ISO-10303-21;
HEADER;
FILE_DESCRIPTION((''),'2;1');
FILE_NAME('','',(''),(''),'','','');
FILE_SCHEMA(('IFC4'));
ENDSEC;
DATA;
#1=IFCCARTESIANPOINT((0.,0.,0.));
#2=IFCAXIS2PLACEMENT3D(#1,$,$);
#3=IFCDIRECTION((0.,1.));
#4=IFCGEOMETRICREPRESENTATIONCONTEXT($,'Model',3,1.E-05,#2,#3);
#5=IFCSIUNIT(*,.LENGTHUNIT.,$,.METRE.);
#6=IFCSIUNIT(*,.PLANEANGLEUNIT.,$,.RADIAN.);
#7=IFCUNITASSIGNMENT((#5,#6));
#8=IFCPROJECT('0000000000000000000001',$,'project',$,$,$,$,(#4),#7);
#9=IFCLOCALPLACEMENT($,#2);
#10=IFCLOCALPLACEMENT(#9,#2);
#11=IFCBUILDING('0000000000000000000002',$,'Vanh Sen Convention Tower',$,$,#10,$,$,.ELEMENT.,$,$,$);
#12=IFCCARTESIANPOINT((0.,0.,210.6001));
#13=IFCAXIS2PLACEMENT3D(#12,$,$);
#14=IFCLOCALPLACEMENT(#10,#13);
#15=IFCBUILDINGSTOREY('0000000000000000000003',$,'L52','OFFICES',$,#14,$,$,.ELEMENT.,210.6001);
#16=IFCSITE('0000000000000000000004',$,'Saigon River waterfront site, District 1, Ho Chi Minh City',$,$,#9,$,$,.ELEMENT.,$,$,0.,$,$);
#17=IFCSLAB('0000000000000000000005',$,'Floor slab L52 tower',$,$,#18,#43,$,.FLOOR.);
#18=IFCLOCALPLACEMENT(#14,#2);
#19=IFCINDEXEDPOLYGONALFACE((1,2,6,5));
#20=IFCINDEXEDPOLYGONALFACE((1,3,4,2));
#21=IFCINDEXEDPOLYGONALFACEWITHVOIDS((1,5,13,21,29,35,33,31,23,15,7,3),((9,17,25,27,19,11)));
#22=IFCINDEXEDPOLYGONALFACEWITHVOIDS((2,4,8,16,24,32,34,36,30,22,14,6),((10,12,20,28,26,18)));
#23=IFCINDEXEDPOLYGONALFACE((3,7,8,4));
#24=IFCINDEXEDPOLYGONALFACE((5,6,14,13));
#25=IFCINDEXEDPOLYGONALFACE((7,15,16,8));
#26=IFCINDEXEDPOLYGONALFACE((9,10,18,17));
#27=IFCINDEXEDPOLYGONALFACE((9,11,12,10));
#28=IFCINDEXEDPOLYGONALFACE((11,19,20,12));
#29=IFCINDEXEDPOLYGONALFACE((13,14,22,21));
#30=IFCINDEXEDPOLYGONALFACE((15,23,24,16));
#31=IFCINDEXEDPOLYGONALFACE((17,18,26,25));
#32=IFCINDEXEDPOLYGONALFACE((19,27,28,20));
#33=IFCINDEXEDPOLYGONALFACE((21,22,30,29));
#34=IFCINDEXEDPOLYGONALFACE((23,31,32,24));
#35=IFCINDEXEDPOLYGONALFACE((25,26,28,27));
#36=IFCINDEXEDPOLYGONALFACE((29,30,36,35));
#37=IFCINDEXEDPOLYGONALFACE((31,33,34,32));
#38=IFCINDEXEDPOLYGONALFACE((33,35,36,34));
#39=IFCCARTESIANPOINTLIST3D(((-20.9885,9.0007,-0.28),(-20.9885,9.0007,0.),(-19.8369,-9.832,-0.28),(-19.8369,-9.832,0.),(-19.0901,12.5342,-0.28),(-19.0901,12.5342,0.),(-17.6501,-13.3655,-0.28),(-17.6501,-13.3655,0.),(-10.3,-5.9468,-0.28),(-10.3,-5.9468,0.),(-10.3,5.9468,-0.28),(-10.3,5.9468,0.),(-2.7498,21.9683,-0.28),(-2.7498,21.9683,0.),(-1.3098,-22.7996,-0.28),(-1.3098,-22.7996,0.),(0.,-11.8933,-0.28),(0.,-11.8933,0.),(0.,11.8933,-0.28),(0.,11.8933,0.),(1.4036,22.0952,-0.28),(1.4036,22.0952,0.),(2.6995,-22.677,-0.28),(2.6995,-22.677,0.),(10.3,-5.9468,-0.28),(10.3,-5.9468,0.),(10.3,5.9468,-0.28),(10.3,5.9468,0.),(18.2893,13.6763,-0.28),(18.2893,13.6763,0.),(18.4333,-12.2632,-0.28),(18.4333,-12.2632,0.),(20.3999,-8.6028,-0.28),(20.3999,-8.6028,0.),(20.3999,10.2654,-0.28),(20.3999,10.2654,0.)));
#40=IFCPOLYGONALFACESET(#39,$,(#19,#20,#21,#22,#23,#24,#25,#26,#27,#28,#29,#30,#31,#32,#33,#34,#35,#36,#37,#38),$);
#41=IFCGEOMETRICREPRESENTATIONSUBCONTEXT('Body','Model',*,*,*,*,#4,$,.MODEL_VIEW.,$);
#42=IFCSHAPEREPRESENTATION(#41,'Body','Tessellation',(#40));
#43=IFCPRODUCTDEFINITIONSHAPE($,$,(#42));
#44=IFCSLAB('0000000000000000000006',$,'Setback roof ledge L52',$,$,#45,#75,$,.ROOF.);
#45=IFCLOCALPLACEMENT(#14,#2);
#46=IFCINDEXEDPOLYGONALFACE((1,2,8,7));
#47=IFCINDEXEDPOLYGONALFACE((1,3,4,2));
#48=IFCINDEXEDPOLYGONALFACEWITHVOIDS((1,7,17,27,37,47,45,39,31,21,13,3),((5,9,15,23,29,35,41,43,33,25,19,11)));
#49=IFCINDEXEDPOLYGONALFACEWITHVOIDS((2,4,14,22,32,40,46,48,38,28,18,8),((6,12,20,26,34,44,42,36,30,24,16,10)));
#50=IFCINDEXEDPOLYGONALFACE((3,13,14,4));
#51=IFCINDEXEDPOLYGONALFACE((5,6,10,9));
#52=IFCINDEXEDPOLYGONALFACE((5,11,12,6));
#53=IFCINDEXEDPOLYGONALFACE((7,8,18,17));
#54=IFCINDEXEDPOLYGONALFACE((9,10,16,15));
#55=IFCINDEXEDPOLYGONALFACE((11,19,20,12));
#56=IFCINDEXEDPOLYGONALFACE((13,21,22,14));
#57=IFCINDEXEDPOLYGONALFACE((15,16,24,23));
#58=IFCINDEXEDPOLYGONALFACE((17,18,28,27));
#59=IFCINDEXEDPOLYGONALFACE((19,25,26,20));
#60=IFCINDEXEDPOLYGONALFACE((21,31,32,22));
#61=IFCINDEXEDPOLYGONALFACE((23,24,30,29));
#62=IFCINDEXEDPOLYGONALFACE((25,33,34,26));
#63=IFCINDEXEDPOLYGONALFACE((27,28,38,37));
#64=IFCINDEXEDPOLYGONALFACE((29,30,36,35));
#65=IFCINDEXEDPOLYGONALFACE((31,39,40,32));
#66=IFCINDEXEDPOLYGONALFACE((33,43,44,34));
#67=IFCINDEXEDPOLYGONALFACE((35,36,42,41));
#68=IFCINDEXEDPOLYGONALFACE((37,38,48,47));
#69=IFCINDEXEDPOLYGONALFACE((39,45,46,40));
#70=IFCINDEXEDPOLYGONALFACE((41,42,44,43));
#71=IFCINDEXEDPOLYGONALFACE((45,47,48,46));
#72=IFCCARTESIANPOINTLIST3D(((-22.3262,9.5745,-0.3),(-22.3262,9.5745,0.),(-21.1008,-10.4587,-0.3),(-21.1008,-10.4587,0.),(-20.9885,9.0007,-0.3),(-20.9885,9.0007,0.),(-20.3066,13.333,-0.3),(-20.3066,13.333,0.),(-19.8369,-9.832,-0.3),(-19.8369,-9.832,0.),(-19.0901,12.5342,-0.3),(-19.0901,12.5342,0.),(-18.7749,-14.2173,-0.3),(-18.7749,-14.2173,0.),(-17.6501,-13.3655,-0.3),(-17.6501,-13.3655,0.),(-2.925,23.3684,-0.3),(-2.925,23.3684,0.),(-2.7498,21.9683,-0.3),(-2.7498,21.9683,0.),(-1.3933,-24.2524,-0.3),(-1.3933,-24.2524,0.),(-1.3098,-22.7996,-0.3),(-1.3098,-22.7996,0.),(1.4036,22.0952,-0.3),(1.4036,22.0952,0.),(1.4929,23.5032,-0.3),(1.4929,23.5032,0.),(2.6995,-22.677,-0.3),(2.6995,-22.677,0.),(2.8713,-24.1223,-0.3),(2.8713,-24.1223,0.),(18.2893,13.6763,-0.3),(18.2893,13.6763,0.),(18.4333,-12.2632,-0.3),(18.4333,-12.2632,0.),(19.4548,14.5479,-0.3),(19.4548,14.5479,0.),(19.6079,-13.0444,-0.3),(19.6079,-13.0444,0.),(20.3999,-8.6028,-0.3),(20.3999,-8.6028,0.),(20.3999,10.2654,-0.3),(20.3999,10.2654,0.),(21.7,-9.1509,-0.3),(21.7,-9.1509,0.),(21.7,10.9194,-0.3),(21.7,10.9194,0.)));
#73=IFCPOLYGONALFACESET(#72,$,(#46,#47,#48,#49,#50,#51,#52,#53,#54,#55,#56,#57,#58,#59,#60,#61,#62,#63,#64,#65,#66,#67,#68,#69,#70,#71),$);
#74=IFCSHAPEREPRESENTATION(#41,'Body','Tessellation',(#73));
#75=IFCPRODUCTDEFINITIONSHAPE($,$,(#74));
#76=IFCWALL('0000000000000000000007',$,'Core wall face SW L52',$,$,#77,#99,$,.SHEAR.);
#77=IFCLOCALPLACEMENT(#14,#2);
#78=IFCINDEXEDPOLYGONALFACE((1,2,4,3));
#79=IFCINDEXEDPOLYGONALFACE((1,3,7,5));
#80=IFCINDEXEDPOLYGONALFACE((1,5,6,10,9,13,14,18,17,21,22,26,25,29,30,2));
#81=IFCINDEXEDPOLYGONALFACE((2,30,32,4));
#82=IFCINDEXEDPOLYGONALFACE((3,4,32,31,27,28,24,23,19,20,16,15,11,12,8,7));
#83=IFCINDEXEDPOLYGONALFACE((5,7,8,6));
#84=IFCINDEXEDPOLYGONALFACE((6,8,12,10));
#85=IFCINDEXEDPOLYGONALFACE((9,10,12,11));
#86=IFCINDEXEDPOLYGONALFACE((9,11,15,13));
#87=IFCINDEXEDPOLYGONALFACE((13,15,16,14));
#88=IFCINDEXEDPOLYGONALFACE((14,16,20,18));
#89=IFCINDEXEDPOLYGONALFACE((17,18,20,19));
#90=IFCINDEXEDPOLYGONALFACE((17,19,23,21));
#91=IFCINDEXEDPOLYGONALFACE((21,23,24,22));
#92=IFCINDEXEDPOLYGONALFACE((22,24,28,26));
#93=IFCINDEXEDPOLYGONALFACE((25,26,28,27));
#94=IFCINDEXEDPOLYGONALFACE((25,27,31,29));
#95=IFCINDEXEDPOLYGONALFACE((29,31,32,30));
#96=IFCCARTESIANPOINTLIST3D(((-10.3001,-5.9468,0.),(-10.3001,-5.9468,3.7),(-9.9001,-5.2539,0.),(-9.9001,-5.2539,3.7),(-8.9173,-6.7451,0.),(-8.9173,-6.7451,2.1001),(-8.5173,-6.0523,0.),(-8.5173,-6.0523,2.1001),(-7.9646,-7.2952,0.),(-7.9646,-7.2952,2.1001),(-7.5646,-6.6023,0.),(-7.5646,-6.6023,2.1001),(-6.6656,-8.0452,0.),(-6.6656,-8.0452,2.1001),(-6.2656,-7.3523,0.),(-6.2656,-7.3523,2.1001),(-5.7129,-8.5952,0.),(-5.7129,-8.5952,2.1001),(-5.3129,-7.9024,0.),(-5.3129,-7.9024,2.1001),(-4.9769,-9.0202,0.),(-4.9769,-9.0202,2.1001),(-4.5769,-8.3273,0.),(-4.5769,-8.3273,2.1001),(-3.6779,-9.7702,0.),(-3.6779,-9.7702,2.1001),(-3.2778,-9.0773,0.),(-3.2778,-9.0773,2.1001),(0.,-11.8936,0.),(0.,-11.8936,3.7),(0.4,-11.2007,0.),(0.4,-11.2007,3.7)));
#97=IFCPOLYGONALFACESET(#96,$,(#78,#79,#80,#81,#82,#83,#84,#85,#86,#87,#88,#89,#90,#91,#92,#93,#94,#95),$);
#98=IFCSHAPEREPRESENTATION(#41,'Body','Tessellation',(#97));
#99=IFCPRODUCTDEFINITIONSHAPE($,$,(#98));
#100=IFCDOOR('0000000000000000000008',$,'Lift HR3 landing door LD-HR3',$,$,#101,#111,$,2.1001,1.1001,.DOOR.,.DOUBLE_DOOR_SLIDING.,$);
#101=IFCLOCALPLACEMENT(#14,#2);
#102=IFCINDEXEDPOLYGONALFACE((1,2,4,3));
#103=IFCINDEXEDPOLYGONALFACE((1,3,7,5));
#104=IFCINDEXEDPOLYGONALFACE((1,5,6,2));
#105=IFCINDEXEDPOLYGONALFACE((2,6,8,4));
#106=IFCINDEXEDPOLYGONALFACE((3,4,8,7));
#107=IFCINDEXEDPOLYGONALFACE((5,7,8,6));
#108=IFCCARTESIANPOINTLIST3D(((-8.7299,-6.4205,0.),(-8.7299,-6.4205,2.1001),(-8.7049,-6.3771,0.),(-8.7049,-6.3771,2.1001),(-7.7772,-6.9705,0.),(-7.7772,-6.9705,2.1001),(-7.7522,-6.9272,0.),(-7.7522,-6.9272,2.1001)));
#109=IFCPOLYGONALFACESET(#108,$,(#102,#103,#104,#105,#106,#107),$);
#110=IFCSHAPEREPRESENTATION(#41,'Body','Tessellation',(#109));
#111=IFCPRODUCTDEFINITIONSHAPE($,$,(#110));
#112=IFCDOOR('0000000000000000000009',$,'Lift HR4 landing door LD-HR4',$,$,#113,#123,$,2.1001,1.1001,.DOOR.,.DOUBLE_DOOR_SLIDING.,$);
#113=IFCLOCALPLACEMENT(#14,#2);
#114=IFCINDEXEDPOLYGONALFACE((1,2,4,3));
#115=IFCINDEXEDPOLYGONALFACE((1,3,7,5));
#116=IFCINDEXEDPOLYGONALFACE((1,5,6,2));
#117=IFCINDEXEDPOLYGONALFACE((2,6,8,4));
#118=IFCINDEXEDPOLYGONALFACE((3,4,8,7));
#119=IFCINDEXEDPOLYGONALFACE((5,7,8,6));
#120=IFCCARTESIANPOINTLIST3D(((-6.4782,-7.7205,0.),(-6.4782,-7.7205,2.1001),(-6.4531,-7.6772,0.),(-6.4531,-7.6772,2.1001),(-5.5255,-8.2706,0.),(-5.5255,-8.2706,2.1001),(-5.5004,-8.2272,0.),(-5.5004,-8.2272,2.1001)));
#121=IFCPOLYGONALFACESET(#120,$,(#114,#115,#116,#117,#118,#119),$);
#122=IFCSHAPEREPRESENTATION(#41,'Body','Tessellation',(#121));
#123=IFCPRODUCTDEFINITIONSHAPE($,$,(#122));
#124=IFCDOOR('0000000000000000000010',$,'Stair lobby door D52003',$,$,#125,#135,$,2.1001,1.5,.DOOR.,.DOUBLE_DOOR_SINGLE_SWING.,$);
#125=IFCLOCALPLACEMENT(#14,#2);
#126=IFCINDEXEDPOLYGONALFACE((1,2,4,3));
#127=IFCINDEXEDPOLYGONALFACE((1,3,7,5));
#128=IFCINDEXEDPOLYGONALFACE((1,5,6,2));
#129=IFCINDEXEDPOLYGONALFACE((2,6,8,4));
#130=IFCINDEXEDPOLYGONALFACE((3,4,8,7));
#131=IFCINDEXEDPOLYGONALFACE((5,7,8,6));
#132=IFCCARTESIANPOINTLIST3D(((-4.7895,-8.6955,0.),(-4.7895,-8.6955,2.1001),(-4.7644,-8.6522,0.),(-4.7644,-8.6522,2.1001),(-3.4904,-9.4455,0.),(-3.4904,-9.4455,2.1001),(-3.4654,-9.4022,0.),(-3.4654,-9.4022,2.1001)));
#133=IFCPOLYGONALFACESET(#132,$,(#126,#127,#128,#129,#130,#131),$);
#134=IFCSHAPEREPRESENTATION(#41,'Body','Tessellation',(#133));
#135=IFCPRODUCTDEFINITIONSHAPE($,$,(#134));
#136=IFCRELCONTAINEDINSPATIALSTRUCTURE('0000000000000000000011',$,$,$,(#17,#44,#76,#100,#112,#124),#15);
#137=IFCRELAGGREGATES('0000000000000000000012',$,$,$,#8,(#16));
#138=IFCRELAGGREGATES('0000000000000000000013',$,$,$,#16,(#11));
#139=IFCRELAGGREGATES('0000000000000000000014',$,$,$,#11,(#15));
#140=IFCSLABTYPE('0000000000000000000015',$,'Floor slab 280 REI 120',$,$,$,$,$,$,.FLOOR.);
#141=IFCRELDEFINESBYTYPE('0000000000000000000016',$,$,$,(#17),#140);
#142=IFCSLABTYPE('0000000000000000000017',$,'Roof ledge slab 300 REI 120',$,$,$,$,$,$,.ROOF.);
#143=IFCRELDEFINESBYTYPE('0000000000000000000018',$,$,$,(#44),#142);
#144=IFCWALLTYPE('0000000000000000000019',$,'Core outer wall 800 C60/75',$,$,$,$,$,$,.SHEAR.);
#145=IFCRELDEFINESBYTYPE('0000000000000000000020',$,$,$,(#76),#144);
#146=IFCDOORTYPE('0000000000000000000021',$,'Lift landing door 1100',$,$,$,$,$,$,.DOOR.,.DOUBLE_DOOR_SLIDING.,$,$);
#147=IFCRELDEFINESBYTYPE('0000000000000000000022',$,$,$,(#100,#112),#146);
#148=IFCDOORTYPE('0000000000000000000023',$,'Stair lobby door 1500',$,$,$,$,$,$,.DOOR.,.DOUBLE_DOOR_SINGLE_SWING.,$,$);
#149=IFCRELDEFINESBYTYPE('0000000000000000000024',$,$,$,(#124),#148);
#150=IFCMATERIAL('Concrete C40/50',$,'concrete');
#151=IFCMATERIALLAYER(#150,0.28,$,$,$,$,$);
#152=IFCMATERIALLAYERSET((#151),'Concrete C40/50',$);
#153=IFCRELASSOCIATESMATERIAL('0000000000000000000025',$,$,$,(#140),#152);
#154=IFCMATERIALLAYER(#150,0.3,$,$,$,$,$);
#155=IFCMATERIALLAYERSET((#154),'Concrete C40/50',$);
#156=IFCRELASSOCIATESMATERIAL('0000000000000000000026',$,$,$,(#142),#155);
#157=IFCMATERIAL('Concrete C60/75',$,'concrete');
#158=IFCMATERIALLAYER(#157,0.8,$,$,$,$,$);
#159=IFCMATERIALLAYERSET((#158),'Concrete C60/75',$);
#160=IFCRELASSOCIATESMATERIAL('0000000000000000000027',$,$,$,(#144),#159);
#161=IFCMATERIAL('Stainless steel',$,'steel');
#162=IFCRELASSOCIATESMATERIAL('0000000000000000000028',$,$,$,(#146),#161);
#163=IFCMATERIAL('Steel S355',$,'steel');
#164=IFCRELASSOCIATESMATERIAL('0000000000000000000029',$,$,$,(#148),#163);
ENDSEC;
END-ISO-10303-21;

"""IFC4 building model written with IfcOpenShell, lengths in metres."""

from ifc_helpers import new_model, si_unit, direction, frame, frame_2d, origin, place, context, subcontext, project, spatial, polyline, rectangle, outline, extrude, material, layer, layer_set, type_object, element, fill, save


model = new_model("IFC4")

# Units and contexts
model_context = context("Model", 3, precision=1e-05, world=origin(), true_north=direction((0.0, 1.0)))
body_context = subcontext(model_context, "Body", "Model", "MODEL_VIEW")
ifc_project = project(units=[si_unit("LENGTHUNIT", "METRE"), si_unit("PLANEANGLEUNIT", "RADIAN")], contexts=[model_context])

# Site, building, storey
site_placement = place(None, origin())
site = spatial("IfcSite", under=ifc_project, at=site_placement, Name="Saigon River waterfront site, District 1, Ho Chi Minh City", CompositionType="ELEMENT", RefElevation=0.0)
building_placement = place(site_placement, origin())
building = spatial("IfcBuilding", under=site, at=building_placement, Name="Vanh Sen Convention Tower", CompositionType="ELEMENT")
storey_placement = place(building_placement, frame((0.0, 0.0, 210.6001)))
storey = spatial("IfcBuildingStorey", under=building, at=storey_placement, Name="L52", Description="OFFICES", CompositionType="ELEMENT", Elevation=210.6001)

# Slabs
ifc_material_1 = material(Name="Concrete C40/50", Category="concrete")
ifc_layer_1 = layer(ifc_material_1, 0.28)
ifc_layer_set_1 = layer_set([ifc_layer_1], Name="Concrete C40/50")
slab_type_1 = type_object("IfcSlabType", Name="Floor slab 280 REI 120", PredefinedType="FLOOR", material=ifc_layer_set_1)
slab_1_placement = place(storey_placement, frame((0.0, 0.0, -0.28)))
element("IfcSlab", 1, at=slab_1_placement, inside=storey, type_object=slab_type_1, Name="Floor slab L52 tower", PredefinedType="FLOOR", context=body_context, shape_type="SweptSolid", body=[
    extrude(outline(polyline([(20.3999, -8.6028), (20.3999, 10.2654), (18.2893, 13.6763), (1.4036, 22.0952), (-2.7498, 21.9683), (-19.0901, 12.5342), (-20.9885, 9.0007), (-19.8369, -9.832), (-17.6501, -13.3655), (-1.3098, -22.7996), (2.6995, -22.677), (18.4333, -12.2632), (20.3999, -8.6028)]), holes=[polyline([(0.0, 11.8933), (-10.3, 5.9468), (-10.3, -5.9468), (0.0, -11.8933), (10.3, -5.9468), (10.3, 5.9468), (0.0, 11.8933)])]), origin(), (0.0, 0.0, 1.0), 0.28),
])
ifc_layer_2 = layer(ifc_material_1, 0.3)
ifc_layer_set_2 = layer_set([ifc_layer_2], Name="Concrete C40/50")
slab_type_2 = type_object("IfcSlabType", Name="Roof ledge slab 300 REI 120", PredefinedType="ROOF", material=ifc_layer_set_2)
slab_2_placement = place(storey_placement, frame((0.0, 0.0, -0.3)))
element("IfcSlab", 2, at=slab_2_placement, inside=storey, type_object=slab_type_2, Name="Setback roof ledge L52", PredefinedType="ROOF", context=body_context, shape_type="SweptSolid", body=[
    extrude(outline(polyline([(21.7, -9.1509), (21.7, 10.9194), (19.4548, 14.5479), (1.4929, 23.5032), (-2.925, 23.3684), (-20.3066, 13.333), (-22.3262, 9.5745), (-21.1008, -10.4587), (-18.7749, -14.2173), (-1.3933, -24.2524), (2.8713, -24.1223), (19.6079, -13.0444), (21.7, -9.1509)]), holes=[polyline([(20.3999, 10.2654), (18.2893, 13.6763), (1.4036, 22.0952), (-2.7498, 21.9683), (-19.0901, 12.5342), (-20.9885, 9.0007), (-19.8369, -9.832), (-17.6501, -13.3655), (-1.3098, -22.7996), (2.6995, -22.677), (18.4333, -12.2632), (20.3999, -8.6028), (20.3999, 10.2654)])]), origin(), (0.0, 0.0, 1.0), 0.3),
])

# Wall, openings, doors
ifc_material_2 = material(Name="Concrete C60/75", Category="concrete")
ifc_layer_3 = layer(ifc_material_2, 0.8)
ifc_layer_set_3 = layer_set([ifc_layer_3], Name="Concrete C60/75")
wall_type_1 = type_object("IfcWallType", Name="Core outer wall 800 C60/75", PredefinedType="SHEAR", material=ifc_layer_set_3)
wall_1_placement = place(storey_placement, frame((-10.1001, -5.6003, 0.0), z_axis=(0.0, 0.0, 1.0), x_axis=(0.866024, -0.500003, 0.0)))
wall_1 = element("IfcWall", 3, at=wall_1_placement, inside=storey, type_object=wall_type_1, Name="Core wall face SW L52", PredefinedType="SHEAR", context=body_context, shape_type="SweptSolid", body=[
    extrude(rectangle(XDim=11.8936, YDim=0.8, at=frame_2d((5.9468, 0.0))), origin(), (0.0, 0.0, 1.0), 3.7),
])
opening_1_placement = place(wall_1_placement, frame((6.1467, 0.0, 0.0)))
opening_1 = element("IfcOpeningElement", 4, at=opening_1_placement, cuts=wall_1, PredefinedType="OPENING", context=body_context, shape_type="SweptSolid", body=[
    extrude(rectangle(XDim=1.5, YDim=2.1001, at=frame_2d((0.75, 1.05))), frame((0.0, 0.4099, 0.0), z_axis=(0.0, -1.0, 0.0), x_axis=(1.0, 0.0, 0.0)), (0.0, 0.0, 1.0), 0.8201),
])
opening_2_placement = place(wall_1_placement, frame((1.5967, 0.0, 0.0)))
opening_2 = element("IfcOpeningElement", 5, at=opening_2_placement, cuts=wall_1, PredefinedType="OPENING", context=body_context, shape_type="SweptSolid", body=[
    extrude(rectangle(XDim=1.1001, YDim=2.1001, at=frame_2d((0.55, 1.05))), frame((0.0, 0.4099, 0.0), z_axis=(0.0, -1.0, 0.0), x_axis=(1.0, 0.0, 0.0)), (0.0, 0.0, 1.0), 0.8201),
])
opening_3_placement = place(wall_1_placement, frame((4.1968, 0.0, 0.0)))
opening_3 = element("IfcOpeningElement", 6, at=opening_3_placement, cuts=wall_1, PredefinedType="OPENING", context=body_context, shape_type="SweptSolid", body=[
    extrude(rectangle(XDim=1.1001, YDim=2.1001, at=frame_2d((0.55, 1.05))), frame((0.0, 0.4099, 0.0), z_axis=(0.0, -1.0, 0.0), x_axis=(1.0, 0.0, 0.0)), (0.0, 0.0, 1.0), 0.8201),
])
ifc_material_3 = material(Name="Stainless steel", Category="steel")
door_type_1 = type_object("IfcDoorType", Name="Lift landing door 1100", OperationType="DOUBLE_DOOR_SLIDING", PredefinedType="DOOR", material=ifc_material_3)
door_1_placement = place(opening_2_placement, origin())
door_1 = element("IfcDoor", 7, at=door_1_placement, inside=storey, type_object=door_type_1, Name="Lift HR3 landing door LD-HR3", OperationType="DOUBLE_DOOR_SLIDING", OverallHeight=2.1001, OverallWidth=1.1001, PredefinedType="DOOR", context=body_context, shape_type="SweptSolid", body=[
    extrude(rectangle(XDim=1.1001, YDim=2.1001, at=frame_2d((0.55, 1.05))), frame((0.0, 0.0249, 0.0), z_axis=(0.0, -1.0, 0.0), x_axis=(1.0, 0.0, 0.0)), (0.0, 0.0, 1.0), 0.05),
])
fill(opening_2, door_1)
door_2_placement = place(opening_3_placement, origin())
door_2 = element("IfcDoor", 8, at=door_2_placement, inside=storey, type_object=door_type_1, Name="Lift HR4 landing door LD-HR4", OperationType="DOUBLE_DOOR_SLIDING", OverallHeight=2.1001, OverallWidth=1.1001, PredefinedType="DOOR", context=body_context, shape_type="SweptSolid", body=[
    extrude(rectangle(XDim=1.1001, YDim=2.1001, at=frame_2d((0.55, 1.05))), frame((0.0, 0.0249, 0.0), z_axis=(0.0, -1.0, 0.0), x_axis=(1.0, 0.0, 0.0)), (0.0, 0.0, 1.0), 0.05),
])
fill(opening_3, door_2)
ifc_material_4 = material(Name="Steel S355", Category="steel")
door_type_2 = type_object("IfcDoorType", Name="Stair lobby door 1500", OperationType="DOUBLE_DOOR_SINGLE_SWING", PredefinedType="DOOR", material=ifc_material_4)
door_3_placement = place(opening_1_placement, origin())
door_3 = element("IfcDoor", 9, at=door_3_placement, inside=storey, type_object=door_type_2, Name="Stair lobby door D52003", OperationType="DOUBLE_DOOR_SINGLE_SWING", OverallHeight=2.1001, OverallWidth=1.5, PredefinedType="DOOR", context=body_context, shape_type="SweptSolid", body=[
    extrude(rectangle(XDim=1.5, YDim=2.1001, at=frame_2d((0.75, 1.05))), frame((0.0, 0.0249, 0.0), z_axis=(0.0, -1.0, 0.0), x_axis=(1.0, 0.0, 0.0)), (0.0, 0.0, 1.0), 0.05),
])
fill(opening_1, door_3)

save(model, "model.ifc")
